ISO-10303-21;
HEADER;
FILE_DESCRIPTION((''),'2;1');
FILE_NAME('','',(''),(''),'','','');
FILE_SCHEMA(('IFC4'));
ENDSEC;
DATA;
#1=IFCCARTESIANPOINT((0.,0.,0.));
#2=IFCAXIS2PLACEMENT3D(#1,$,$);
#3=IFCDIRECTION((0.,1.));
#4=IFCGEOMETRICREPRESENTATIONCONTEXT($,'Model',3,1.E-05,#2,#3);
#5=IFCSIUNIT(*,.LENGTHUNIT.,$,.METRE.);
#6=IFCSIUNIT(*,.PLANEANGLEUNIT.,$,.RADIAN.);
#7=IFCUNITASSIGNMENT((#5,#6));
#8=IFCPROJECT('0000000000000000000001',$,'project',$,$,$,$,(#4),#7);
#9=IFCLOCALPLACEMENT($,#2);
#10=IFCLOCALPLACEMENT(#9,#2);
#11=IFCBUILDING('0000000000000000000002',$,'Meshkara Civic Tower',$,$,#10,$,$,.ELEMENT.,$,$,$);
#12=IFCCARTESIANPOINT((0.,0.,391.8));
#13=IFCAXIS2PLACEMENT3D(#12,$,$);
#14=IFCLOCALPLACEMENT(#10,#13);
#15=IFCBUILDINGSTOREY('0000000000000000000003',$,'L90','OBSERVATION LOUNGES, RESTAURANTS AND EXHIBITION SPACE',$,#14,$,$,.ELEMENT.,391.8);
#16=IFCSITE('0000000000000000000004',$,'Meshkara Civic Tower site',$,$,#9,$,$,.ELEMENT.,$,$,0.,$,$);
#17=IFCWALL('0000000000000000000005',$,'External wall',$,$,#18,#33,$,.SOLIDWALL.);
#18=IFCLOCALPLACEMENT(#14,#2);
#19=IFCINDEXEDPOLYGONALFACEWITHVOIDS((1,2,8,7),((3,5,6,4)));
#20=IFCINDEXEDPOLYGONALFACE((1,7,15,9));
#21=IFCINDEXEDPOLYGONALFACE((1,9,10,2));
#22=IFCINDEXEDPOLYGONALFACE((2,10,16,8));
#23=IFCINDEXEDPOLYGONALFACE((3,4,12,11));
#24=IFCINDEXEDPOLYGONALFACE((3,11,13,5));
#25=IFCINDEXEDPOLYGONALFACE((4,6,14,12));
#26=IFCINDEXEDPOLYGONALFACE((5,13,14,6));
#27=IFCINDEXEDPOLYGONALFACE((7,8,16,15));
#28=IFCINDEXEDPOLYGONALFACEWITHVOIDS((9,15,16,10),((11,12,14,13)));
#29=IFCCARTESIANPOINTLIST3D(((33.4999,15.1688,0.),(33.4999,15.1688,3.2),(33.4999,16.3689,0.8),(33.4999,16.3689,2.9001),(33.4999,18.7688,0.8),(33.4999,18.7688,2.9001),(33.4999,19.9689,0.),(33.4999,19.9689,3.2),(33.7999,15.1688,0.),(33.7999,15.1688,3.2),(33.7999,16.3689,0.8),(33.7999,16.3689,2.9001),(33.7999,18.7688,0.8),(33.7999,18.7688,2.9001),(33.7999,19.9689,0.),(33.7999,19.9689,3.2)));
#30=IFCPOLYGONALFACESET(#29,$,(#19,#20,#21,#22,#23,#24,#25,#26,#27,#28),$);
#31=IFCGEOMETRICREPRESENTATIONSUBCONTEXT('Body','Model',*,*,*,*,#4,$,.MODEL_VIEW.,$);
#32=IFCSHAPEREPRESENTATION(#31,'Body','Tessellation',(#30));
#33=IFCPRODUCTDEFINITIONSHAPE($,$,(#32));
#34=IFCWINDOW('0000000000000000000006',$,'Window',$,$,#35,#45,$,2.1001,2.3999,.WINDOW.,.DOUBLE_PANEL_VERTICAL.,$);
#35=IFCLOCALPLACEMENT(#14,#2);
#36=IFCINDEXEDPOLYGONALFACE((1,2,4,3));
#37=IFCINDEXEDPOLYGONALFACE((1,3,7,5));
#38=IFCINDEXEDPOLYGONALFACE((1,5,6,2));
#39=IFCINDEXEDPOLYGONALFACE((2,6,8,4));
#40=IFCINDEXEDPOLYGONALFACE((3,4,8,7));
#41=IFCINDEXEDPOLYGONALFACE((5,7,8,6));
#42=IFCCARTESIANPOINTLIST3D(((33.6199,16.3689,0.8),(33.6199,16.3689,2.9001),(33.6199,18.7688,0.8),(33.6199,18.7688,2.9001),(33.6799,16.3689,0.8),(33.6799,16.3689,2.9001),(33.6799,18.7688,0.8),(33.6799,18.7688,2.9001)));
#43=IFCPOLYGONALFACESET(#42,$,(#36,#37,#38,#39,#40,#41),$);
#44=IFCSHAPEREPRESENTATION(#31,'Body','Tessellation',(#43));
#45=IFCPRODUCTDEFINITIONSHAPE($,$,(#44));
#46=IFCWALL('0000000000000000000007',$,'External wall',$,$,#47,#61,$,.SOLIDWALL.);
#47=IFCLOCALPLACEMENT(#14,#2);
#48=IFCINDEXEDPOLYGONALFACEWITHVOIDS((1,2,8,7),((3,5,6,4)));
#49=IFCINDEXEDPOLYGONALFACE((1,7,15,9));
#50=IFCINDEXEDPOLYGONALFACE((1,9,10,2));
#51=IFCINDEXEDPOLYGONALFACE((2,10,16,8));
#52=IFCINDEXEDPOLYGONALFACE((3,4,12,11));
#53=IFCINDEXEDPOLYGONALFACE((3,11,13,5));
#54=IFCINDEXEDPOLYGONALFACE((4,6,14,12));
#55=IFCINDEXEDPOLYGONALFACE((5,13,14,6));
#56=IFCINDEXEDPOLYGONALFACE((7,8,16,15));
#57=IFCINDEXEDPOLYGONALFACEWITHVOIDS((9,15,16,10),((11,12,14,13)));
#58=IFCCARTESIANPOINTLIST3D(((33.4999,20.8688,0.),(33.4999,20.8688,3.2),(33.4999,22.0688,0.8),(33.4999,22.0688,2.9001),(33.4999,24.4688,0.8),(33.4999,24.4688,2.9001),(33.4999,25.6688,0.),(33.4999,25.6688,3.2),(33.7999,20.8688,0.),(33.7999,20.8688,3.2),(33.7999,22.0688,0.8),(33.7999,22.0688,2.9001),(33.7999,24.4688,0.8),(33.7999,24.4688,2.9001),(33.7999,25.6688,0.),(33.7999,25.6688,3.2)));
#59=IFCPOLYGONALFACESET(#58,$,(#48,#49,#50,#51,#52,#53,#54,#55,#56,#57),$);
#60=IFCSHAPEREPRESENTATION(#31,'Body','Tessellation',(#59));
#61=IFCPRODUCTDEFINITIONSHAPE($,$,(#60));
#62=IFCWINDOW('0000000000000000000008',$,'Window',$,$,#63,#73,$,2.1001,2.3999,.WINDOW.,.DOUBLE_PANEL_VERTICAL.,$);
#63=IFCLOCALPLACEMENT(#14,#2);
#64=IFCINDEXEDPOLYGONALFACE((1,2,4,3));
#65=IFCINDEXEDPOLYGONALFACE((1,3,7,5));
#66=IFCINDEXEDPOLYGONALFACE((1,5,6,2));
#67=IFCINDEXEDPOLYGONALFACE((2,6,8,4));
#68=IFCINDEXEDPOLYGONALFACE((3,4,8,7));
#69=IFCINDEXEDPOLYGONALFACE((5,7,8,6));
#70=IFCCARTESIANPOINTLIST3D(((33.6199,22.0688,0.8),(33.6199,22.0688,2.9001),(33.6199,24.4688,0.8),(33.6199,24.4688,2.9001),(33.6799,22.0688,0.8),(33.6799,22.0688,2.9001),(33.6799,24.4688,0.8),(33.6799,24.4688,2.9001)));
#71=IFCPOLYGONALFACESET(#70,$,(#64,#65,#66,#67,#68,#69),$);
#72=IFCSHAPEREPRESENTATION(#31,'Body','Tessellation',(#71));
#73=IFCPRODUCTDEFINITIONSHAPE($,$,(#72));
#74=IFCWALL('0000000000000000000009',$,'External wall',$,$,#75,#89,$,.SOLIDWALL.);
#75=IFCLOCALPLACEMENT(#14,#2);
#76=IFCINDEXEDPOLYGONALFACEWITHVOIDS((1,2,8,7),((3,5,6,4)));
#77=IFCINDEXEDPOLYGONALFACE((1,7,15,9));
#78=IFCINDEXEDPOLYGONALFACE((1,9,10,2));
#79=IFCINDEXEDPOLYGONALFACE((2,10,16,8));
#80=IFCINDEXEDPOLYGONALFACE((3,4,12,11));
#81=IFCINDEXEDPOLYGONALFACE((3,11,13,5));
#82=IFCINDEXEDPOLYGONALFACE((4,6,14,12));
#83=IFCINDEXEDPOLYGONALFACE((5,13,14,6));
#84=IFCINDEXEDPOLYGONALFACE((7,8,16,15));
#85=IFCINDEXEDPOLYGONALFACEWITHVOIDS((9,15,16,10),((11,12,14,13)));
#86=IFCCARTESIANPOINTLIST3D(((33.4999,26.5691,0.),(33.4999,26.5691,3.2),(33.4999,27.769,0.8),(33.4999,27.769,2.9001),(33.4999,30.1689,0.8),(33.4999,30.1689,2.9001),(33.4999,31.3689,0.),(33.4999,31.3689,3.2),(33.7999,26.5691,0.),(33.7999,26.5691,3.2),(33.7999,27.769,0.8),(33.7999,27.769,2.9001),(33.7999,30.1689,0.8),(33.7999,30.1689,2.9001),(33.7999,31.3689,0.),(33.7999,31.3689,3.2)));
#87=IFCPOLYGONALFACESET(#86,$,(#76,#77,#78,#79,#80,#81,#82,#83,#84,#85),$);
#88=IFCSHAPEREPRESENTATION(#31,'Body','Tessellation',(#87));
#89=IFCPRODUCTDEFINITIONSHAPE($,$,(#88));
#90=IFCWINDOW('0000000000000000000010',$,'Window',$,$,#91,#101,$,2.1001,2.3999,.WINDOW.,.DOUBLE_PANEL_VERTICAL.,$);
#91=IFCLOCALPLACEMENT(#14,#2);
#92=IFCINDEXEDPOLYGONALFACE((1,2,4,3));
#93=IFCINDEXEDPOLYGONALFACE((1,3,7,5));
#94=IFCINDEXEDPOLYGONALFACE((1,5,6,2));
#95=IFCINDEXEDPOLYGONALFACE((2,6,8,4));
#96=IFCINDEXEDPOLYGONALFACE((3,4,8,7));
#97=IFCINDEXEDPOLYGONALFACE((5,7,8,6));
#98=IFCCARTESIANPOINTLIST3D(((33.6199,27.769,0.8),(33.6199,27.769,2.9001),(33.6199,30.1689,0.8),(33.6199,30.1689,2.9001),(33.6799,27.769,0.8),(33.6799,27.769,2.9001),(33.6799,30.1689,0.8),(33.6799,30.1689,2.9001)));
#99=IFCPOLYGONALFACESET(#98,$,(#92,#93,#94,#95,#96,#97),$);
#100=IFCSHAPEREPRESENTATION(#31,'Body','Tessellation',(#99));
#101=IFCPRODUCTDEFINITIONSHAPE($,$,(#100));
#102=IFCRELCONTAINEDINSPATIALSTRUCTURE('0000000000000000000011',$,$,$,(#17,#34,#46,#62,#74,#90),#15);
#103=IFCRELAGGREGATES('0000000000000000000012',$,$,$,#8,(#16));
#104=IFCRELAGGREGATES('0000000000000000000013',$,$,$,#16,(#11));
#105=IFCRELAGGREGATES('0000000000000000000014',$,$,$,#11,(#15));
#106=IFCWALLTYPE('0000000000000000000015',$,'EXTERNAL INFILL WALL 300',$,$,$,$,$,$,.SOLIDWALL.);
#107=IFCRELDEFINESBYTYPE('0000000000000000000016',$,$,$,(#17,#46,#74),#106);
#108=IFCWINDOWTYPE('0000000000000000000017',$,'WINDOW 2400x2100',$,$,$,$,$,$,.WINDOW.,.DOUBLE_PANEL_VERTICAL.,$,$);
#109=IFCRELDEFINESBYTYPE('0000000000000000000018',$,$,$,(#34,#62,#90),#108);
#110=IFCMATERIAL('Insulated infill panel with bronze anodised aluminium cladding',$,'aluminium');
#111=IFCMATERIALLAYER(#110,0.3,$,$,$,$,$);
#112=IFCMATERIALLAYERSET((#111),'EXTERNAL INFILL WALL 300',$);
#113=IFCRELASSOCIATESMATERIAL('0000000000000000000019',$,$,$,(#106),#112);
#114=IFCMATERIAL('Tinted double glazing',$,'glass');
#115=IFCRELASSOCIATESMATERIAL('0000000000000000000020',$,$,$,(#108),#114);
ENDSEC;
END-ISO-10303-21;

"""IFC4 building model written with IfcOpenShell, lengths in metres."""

from ifc_helpers import new_model, si_unit, direction, frame, frame_2d, origin, place, context, subcontext, project, spatial, rectangle, extrude, material, layer, layer_set, type_object, element, fill, save


model = new_model("IFC4")

# Units and contexts
model_context = context("Model", 3, precision=1e-05, world=origin(), true_north=direction((0.0, 1.0)))
body_context = subcontext(model_context, "Body", "Model", "MODEL_VIEW")
ifc_project = project(units=[si_unit("LENGTHUNIT", "METRE"), si_unit("PLANEANGLEUNIT", "RADIAN")], contexts=[model_context])

# Site, building, storey
site_placement = place(None, origin())
site = spatial("IfcSite", under=ifc_project, at=site_placement, Name="Meshkara Civic Tower site", CompositionType="ELEMENT", RefElevation=0.0)
building_placement = place(site_placement, origin())
building = spatial("IfcBuilding", under=site, at=building_placement, Name="Meshkara Civic Tower", CompositionType="ELEMENT")
storey_placement = place(building_placement, frame((0.0, 0.0, 391.8)))
storey = spatial("IfcBuildingStorey", under=building, at=storey_placement, Name="L90", Description="OBSERVATION LOUNGES, RESTAURANTS AND EXHIBITION SPACE", CompositionType="ELEMENT", Elevation=391.8)

# Walls, openings, windows
ifc_material_1 = material(Name="Insulated infill panel with bronze anodised aluminium cladding", Category="aluminium")
ifc_layer_1 = layer(ifc_material_1, 0.3)
ifc_layer_set_1 = layer_set([ifc_layer_1], Name="EXTERNAL INFILL WALL 300")
wall_type_1 = type_object("IfcWallType", Name="EXTERNAL INFILL WALL 300", PredefinedType="SOLIDWALL", material=ifc_layer_set_1)
ifc_material_2 = material(Name="Tinted double glazing", Category="glass")
window_type = type_object("IfcWindowType", Name="WINDOW 2400x2100", PartitioningType="DOUBLE_PANEL_VERTICAL", PredefinedType="WINDOW", material=ifc_material_2)
wall_1_placement = place(storey_placement, frame((33.6499, 15.1689, 0.0), z_axis=(0.0, 0.0, 1.0), x_axis=(0.0, 1.0, 0.0)))
wall_1 = element("IfcWall", 1, at=wall_1_placement, inside=storey, type_object=wall_type_1, Name="External wall", PredefinedType="SOLIDWALL", context=body_context, shape_type="SweptSolid", body=[
    extrude(rectangle(XDim=4.8, YDim=0.3, at=frame_2d((2.3999, 0.0))), origin(), (0.0, 0.0, 1.0), 3.2),
])
opening_1_placement = place(wall_1_placement, frame((1.2, 0.0, 0.8)))
opening_1 = element("IfcOpeningElement", 2, at=opening_1_placement, cuts=wall_1, PredefinedType="OPENING", context=body_context, shape_type="SweptSolid", body=[
    extrude(rectangle(XDim=2.3999, YDim=2.1001, at=frame_2d((1.2, 1.05))), frame((0.0, 0.1599, 0.0), z_axis=(0.0, -1.0, 0.0), x_axis=(1.0, 0.0, 0.0)), (0.0, 0.0, 1.0), 0.3201),
])
window_1_placement = place(opening_1_placement, origin())
window_1 = element("IfcWindow", 3, at=window_1_placement, inside=storey, type_object=window_type, Name="Window", OverallHeight=2.1001, OverallWidth=2.3999, PartitioningType="DOUBLE_PANEL_VERTICAL", PredefinedType="WINDOW", context=body_context, shape_type="SweptSolid", body=[
    extrude(rectangle(XDim=2.3999, YDim=2.1001, at=frame_2d((1.2, 1.05))), frame((0.0, 0.03, 0.0), z_axis=(0.0, -1.0, 0.0), x_axis=(1.0, 0.0, 0.0)), (0.0, 0.0, 1.0), 0.0601),
])
fill(opening_1, window_1)
wall_2_placement = place(storey_placement, frame((33.6499, 20.8689, 0.0), z_axis=(0.0, 0.0, 1.0), x_axis=(0.0, 1.0, 0.0)))
wall_2 = element("IfcWall", 4, at=wall_2_placement, inside=storey, type_object=wall_type_1, Name="External wall", PredefinedType="SOLIDWALL", context=body_context, shape_type="SweptSolid", body=[
    extrude(rectangle(XDim=4.8, YDim=0.3, at=frame_2d((2.3999, 0.0))), origin(), (0.0, 0.0, 1.0), 3.2),
])
opening_2_placement = place(wall_2_placement, frame((1.2, 0.0, 0.8)))
opening_2 = element("IfcOpeningElement", 5, at=opening_2_placement, cuts=wall_2, PredefinedType="OPENING", context=body_context, shape_type="SweptSolid", body=[
    extrude(rectangle(XDim=2.3999, YDim=2.1001, at=frame_2d((1.2, 1.05))), frame((0.0, 0.1599, 0.0), z_axis=(0.0, -1.0, 0.0), x_axis=(1.0, 0.0, 0.0)), (0.0, 0.0, 1.0), 0.3201),
])
window_2_placement = place(opening_2_placement, origin())
window_2 = element("IfcWindow", 6, at=window_2_placement, inside=storey, type_object=window_type, Name="Window", OverallHeight=2.1001, OverallWidth=2.3999, PartitioningType="DOUBLE_PANEL_VERTICAL", PredefinedType="WINDOW", context=body_context, shape_type="SweptSolid", body=[
    extrude(rectangle(XDim=2.3999, YDim=2.1001, at=frame_2d((1.2, 1.05))), frame((0.0, 0.03, 0.0), z_axis=(0.0, -1.0, 0.0), x_axis=(1.0, 0.0, 0.0)), (0.0, 0.0, 1.0), 0.0601),
])
fill(opening_2, window_2)
wall_3_placement = place(storey_placement, frame((33.6499, 26.5691, 0.0), z_axis=(0.0, 0.0, 1.0), x_axis=(0.0, 1.0, 0.0)))
wall_3 = element("IfcWall", 7, at=wall_3_placement, inside=storey, type_object=wall_type_1, Name="External wall", PredefinedType="SOLIDWALL", context=body_context, shape_type="SweptSolid", body=[
    extrude(rectangle(XDim=4.7998, YDim=0.3, at=frame_2d((2.3999, 0.0))), origin(), (0.0, 0.0, 1.0), 3.2),
])
opening_3_placement = place(wall_3_placement, frame((1.2, 0.0, 0.8)))
opening_3 = element("IfcOpeningElement", 8, at=opening_3_placement, cuts=wall_3, PredefinedType="OPENING", context=body_context, shape_type="SweptSolid", body=[
    extrude(rectangle(XDim=2.3999, YDim=2.1001, at=frame_2d((1.2, 1.05))), frame((0.0, 0.1599, 0.0), z_axis=(0.0, -1.0, 0.0), x_axis=(1.0, 0.0, 0.0)), (0.0, 0.0, 1.0), 0.3201),
])
window_3_placement = place(opening_3_placement, origin())
window_3 = element("IfcWindow", 9, at=window_3_placement, inside=storey, type_object=window_type, Name="Window", OverallHeight=2.1001, OverallWidth=2.3999, PartitioningType="DOUBLE_PANEL_VERTICAL", PredefinedType="WINDOW", context=body_context, shape_type="SweptSolid", body=[
    extrude(rectangle(XDim=2.3999, YDim=2.1001, at=frame_2d((1.2, 1.05))), frame((0.0, 0.03, 0.0), z_axis=(0.0, -1.0, 0.0), x_axis=(1.0, 0.0, 0.0)), (0.0, 0.0, 1.0), 0.0601),
])
fill(opening_3, window_3)

save(model, "model.ifc")
